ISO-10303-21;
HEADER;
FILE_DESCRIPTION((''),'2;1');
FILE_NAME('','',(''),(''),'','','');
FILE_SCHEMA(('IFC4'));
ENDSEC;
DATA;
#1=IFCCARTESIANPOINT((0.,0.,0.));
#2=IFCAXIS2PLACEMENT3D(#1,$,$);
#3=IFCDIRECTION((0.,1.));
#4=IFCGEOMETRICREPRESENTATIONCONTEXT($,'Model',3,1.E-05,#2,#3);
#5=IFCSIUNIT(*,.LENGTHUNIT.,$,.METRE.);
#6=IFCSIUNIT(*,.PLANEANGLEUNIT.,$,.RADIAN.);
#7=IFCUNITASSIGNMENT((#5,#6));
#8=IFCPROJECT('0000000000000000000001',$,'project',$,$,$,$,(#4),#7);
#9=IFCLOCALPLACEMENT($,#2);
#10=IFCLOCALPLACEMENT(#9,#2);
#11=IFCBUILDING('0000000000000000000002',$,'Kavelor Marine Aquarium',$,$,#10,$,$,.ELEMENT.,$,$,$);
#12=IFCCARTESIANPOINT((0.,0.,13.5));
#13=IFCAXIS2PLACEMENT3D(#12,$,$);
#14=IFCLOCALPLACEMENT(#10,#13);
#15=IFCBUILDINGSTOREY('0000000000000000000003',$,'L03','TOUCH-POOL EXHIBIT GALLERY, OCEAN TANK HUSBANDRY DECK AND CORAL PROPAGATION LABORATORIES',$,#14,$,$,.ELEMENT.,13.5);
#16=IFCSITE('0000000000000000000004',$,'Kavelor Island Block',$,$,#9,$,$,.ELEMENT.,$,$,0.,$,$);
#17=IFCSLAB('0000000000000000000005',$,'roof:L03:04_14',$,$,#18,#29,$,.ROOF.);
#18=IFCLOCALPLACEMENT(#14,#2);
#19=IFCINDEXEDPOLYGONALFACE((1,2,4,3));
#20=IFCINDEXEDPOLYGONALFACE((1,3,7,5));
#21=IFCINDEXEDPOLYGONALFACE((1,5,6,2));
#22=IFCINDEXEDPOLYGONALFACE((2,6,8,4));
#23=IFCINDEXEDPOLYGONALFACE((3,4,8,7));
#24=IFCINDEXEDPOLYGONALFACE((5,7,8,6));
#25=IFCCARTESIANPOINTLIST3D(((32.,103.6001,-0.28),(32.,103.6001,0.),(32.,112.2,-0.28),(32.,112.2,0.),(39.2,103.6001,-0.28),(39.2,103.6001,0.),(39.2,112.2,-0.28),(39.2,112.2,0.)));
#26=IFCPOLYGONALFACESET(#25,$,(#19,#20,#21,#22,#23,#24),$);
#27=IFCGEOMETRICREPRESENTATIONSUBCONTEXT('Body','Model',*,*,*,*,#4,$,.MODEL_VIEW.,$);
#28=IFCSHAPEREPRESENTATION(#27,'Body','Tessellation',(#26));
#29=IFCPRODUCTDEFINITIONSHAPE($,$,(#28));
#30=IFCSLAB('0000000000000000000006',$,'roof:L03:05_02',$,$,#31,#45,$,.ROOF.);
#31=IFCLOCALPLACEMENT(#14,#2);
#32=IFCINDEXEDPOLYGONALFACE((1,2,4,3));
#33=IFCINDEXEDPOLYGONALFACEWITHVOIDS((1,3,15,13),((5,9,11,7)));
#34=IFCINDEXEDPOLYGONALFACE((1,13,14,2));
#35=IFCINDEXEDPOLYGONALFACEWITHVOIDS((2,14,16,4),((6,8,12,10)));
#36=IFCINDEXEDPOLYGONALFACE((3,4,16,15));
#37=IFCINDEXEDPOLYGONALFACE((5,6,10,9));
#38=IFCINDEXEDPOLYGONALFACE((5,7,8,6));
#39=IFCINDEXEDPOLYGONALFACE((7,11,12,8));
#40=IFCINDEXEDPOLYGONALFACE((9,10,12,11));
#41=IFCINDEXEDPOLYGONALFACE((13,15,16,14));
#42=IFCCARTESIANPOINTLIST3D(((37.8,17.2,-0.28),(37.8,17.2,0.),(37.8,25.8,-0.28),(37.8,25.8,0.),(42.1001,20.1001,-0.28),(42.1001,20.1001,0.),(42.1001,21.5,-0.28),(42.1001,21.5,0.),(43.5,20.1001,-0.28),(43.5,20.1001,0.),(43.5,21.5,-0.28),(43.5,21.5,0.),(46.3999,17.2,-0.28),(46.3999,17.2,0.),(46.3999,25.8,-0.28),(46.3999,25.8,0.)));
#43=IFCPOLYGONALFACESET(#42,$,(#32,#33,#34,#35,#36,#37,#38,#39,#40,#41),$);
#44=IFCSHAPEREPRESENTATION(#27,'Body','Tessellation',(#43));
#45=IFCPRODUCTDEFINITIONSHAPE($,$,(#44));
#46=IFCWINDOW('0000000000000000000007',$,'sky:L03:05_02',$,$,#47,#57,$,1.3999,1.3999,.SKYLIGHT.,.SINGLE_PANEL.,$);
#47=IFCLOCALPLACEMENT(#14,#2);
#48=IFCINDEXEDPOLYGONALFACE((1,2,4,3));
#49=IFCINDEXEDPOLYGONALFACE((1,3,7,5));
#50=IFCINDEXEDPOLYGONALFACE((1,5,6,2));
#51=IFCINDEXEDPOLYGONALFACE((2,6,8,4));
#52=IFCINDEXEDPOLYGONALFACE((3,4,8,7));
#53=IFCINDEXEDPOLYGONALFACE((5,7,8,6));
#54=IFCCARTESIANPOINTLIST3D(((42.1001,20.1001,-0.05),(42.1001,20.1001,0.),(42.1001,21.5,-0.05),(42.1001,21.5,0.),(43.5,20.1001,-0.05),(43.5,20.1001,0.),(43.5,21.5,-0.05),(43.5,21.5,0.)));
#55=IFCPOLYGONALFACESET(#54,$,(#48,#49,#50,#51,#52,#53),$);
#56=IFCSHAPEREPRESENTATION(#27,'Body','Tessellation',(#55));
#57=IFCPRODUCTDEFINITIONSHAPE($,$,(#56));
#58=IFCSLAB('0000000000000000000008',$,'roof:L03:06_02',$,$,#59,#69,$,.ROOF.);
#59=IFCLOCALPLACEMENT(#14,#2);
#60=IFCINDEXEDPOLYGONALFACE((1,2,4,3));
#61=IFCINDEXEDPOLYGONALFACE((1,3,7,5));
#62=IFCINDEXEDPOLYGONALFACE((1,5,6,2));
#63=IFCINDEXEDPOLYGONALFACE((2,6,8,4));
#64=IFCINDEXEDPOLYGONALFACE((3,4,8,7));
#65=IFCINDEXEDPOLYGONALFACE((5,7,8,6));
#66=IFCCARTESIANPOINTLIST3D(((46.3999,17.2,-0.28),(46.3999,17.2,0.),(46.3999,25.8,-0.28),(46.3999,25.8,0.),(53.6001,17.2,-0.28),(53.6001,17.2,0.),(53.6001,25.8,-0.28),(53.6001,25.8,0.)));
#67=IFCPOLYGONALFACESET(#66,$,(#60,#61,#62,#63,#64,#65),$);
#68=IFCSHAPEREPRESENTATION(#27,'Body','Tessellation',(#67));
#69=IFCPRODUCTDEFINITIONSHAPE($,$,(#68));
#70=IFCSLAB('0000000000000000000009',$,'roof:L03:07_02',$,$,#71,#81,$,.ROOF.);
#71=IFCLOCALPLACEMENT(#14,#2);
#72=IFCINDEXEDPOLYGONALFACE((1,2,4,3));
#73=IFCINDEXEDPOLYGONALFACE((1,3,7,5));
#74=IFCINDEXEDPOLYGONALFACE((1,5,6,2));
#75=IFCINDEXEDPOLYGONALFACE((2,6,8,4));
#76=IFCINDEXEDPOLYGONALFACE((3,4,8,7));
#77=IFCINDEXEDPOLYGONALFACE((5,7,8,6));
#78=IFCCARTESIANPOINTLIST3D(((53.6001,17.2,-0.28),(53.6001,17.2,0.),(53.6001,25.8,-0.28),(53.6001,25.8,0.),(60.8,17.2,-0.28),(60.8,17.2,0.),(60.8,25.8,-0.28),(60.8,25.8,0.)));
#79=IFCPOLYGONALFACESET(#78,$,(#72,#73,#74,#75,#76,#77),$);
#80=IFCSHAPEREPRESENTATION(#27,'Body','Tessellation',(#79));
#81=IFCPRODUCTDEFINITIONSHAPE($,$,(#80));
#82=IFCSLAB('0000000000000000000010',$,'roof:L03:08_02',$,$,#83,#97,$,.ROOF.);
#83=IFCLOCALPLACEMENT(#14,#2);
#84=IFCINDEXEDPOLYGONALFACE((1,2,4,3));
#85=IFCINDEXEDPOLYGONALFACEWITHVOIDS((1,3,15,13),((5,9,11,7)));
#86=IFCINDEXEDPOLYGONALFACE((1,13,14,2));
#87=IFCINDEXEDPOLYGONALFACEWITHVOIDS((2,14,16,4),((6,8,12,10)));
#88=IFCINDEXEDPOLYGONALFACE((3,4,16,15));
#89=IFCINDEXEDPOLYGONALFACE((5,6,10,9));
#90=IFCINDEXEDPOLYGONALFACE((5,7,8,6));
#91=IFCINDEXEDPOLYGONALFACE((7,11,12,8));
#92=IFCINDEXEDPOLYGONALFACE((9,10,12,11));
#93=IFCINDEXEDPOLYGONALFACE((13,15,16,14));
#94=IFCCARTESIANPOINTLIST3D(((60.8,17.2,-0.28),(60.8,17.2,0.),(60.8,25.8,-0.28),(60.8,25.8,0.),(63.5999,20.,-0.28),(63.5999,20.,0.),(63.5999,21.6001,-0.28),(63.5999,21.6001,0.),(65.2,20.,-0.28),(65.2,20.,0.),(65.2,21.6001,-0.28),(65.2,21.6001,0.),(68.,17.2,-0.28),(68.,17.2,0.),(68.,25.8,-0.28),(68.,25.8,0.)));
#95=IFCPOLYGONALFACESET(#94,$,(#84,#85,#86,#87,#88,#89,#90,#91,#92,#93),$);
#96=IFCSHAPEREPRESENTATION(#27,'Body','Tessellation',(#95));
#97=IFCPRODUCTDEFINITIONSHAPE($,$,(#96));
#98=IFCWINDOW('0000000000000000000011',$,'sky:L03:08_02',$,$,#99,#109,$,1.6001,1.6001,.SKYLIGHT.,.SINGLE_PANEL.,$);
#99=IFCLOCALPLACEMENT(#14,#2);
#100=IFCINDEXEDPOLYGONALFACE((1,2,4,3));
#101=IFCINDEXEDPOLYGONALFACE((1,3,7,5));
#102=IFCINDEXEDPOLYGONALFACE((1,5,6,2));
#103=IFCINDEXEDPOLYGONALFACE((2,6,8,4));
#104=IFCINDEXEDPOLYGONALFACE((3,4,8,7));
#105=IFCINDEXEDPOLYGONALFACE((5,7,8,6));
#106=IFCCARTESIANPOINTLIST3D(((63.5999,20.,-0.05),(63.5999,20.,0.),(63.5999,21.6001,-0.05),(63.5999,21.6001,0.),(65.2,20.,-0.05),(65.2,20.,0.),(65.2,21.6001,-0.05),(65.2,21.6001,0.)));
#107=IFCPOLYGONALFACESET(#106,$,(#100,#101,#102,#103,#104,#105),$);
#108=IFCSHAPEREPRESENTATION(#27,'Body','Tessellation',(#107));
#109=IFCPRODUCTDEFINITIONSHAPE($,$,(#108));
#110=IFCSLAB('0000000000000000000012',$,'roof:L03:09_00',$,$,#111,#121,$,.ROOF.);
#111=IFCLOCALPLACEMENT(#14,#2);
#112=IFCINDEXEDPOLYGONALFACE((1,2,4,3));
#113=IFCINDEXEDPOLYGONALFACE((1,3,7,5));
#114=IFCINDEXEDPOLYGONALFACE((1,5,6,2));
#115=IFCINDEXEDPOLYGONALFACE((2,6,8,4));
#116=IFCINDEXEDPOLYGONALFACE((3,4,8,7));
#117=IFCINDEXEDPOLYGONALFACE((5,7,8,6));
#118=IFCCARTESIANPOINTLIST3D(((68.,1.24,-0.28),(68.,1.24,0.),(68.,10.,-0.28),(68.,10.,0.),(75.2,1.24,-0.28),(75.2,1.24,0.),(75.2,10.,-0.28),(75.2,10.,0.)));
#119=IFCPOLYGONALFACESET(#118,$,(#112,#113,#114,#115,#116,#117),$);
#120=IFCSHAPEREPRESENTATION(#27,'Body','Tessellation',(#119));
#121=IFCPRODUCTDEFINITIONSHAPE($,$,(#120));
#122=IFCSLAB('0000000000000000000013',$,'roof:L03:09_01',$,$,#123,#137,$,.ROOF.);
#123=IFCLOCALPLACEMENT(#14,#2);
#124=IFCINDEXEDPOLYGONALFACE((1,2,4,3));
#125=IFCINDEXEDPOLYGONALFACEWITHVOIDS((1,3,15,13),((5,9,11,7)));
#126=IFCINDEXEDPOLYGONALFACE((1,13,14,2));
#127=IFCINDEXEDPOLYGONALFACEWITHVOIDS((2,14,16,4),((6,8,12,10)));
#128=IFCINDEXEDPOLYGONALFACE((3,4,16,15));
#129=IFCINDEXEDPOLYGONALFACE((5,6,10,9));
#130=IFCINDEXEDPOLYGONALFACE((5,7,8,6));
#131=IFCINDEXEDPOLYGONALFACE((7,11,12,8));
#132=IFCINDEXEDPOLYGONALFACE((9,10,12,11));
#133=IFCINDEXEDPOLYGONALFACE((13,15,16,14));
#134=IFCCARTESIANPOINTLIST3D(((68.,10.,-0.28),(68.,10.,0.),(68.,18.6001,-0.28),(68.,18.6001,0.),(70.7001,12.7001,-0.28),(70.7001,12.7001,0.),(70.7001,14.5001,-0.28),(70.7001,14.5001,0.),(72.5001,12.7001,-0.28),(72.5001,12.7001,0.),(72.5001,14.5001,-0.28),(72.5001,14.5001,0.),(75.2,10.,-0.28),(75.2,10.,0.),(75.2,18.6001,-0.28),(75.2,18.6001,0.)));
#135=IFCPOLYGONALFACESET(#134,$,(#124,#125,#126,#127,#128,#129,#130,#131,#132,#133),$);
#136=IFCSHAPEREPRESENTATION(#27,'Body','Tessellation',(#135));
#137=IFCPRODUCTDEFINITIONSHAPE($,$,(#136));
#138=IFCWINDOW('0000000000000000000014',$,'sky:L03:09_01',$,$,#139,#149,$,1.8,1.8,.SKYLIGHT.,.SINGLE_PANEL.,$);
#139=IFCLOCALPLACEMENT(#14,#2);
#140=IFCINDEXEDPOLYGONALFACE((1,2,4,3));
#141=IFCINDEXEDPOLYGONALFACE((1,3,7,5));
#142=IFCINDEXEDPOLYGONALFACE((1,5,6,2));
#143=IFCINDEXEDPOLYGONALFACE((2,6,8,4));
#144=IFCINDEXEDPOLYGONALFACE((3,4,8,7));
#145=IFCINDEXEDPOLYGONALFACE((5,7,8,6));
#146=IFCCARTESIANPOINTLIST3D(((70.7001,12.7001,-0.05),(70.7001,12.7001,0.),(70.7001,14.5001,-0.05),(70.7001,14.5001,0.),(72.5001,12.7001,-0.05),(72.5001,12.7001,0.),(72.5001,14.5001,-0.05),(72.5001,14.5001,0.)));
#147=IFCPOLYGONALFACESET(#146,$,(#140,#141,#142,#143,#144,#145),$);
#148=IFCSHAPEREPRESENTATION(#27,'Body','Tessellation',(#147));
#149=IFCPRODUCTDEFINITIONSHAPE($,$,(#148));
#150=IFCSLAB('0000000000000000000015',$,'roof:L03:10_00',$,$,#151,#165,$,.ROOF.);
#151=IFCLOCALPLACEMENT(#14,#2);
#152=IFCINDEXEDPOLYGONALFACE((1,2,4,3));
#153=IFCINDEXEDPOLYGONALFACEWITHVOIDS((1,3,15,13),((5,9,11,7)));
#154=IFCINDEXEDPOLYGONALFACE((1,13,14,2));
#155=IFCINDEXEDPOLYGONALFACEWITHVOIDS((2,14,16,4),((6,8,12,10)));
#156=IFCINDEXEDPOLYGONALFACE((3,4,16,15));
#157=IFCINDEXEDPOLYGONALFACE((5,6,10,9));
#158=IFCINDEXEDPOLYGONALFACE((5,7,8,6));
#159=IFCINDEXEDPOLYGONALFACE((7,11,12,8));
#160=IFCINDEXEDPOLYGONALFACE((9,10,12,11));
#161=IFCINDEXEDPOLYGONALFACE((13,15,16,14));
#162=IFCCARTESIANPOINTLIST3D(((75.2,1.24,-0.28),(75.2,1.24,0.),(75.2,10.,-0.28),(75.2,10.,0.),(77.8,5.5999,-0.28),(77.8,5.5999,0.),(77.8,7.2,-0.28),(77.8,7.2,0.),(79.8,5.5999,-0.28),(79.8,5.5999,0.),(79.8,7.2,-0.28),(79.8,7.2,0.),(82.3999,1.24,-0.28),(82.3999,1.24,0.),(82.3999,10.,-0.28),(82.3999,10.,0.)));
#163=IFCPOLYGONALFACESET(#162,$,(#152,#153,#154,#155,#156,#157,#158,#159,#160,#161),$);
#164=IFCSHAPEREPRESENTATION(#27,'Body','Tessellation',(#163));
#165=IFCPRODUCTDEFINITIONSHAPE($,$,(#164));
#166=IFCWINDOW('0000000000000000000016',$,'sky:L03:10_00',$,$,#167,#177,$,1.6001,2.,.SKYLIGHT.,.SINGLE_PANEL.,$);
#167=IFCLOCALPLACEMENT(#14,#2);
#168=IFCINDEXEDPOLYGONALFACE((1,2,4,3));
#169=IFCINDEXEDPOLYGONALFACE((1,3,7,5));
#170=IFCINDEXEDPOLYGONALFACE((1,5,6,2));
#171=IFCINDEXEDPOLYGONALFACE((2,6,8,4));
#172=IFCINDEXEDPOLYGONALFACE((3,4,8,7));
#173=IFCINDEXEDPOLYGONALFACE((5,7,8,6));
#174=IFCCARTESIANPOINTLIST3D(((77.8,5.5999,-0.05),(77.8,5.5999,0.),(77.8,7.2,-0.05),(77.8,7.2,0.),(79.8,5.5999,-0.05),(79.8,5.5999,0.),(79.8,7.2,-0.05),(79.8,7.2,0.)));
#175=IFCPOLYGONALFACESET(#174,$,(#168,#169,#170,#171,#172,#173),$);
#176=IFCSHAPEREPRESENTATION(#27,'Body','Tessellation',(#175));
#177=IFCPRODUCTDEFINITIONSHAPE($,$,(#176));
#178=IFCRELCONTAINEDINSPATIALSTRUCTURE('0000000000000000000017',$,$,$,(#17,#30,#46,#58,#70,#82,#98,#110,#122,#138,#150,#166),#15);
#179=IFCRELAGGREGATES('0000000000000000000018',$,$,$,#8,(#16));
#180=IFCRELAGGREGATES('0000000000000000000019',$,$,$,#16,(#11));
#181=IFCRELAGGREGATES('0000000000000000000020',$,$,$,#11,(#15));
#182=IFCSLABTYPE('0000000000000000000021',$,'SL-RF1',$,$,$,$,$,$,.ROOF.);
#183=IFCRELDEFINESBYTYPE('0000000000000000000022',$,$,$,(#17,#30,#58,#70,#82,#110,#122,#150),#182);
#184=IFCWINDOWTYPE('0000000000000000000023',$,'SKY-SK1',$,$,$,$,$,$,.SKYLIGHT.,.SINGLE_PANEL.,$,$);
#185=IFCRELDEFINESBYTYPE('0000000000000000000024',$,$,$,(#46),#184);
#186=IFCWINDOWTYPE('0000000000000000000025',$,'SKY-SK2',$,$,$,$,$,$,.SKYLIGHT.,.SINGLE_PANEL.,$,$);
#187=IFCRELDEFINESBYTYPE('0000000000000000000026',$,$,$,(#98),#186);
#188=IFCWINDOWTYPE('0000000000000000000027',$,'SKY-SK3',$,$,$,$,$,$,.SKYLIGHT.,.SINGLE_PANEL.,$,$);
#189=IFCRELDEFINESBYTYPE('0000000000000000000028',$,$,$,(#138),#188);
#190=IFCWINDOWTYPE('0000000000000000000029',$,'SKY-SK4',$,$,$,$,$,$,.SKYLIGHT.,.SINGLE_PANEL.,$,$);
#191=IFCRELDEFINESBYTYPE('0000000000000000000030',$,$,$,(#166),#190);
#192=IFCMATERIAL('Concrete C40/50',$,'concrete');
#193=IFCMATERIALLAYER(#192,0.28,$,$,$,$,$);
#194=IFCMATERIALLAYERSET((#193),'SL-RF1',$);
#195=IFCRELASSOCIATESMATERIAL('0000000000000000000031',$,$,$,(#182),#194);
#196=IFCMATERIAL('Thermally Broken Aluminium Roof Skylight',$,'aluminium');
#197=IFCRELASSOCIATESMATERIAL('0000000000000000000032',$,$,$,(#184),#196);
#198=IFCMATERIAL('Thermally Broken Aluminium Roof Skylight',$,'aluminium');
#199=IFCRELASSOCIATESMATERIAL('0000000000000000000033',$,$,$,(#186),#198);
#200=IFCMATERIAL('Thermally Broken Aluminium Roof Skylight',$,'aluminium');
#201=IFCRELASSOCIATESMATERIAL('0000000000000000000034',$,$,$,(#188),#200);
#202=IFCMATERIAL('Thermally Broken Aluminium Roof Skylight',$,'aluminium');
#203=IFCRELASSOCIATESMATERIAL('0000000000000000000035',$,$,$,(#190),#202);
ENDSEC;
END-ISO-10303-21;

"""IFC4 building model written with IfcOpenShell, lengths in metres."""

from ifc_helpers import new_model, si_unit, direction, frame, origin, origin_2d, place, context, subcontext, project, spatial, polyline, rectangle, outline, extrude, material, layer, layer_set, type_object, element, fill, save


model = new_model("IFC4")

# Units and contexts
model_context = context("Model", 3, precision=1e-05, world=origin(), true_north=direction((0.0, 1.0)))
body_context = subcontext(model_context, "Body", "Model", "MODEL_VIEW")
ifc_project = project(units=[si_unit("LENGTHUNIT", "METRE"), si_unit("PLANEANGLEUNIT", "RADIAN")], contexts=[model_context])

# Site, building, storey
site_placement = place(None, origin())
site = spatial("IfcSite", under=ifc_project, at=site_placement, Name="Kavelor Island Block", CompositionType="ELEMENT", RefElevation=0.0)
building_placement = place(site_placement, origin())
building = spatial("IfcBuilding", under=site, at=building_placement, Name="Kavelor Marine Aquarium", CompositionType="ELEMENT")
storey_placement = place(building_placement, frame((0.0, 0.0, 13.5)))
storey = spatial("IfcBuildingStorey", under=building, at=storey_placement, Name="L03", Description="TOUCH-POOL EXHIBIT GALLERY, OCEAN TANK HUSBANDRY DECK AND CORAL PROPAGATION LABORATORIES", CompositionType="ELEMENT", Elevation=13.5)

# Slab
ifc_material_1 = material(Name="Concrete C40/50", Category="concrete")
ifc_layer = layer(ifc_material_1, 0.28)
ifc_layer_set = layer_set([ifc_layer], Name="SL-RF1")
slab_type = type_object("IfcSlabType", Name="SL-RF1", PredefinedType="ROOF", material=ifc_layer_set)
slab_1_placement = place(storey_placement, frame((0.0, 0.0, -0.28)))
element("IfcSlab", 1, at=slab_1_placement, inside=storey, type_object=slab_type, Name="roof:L03:04_14", PredefinedType="ROOF", context=body_context, shape_type="SweptSolid", body=[
    extrude(outline(polyline([(32.0, 103.6001), (39.2, 103.6001), (39.2, 112.2), (32.0, 112.2), (32.0, 103.6001)])), origin(), (0.0, 0.0, 1.0), 0.28),
])

# Slab, opening, window
slab_2_placement = place(storey_placement, frame((0.0, 0.0, -0.28)))
slab_2 = element("IfcSlab", 2, at=slab_2_placement, inside=storey, type_object=slab_type, Name="roof:L03:05_02", PredefinedType="ROOF", context=body_context, shape_type="SweptSolid", body=[
    extrude(outline(polyline([(37.8, 17.2), (46.3999, 17.2), (46.3999, 25.8), (37.8, 25.8), (37.8, 17.2)])), origin(), (0.0, 0.0, 1.0), 0.28),
])
opening_1_placement = place(slab_2_placement, frame((42.8, 20.8, 0.0)))
opening_1 = element("IfcOpeningElement", 3, at=opening_1_placement, cuts=slab_2, PredefinedType="OPENING", context=body_context, shape_type="SweptSolid", body=[
    extrude(rectangle(XDim=1.3999, YDim=1.3999, at=origin_2d()), origin(), (0.0, 0.0, 1.0), 0.28),
])
ifc_material_2 = material(Name="Thermally Broken Aluminium Roof Skylight", Category="aluminium")
window_type_1 = type_object("IfcWindowType", Name="SKY-SK1", PartitioningType="SINGLE_PANEL", PredefinedType="SKYLIGHT", material=ifc_material_2)
window_1_placement = place(opening_1_placement, frame((0.0, 0.0, 0.23)))
window_1 = element("IfcWindow", 4, at=window_1_placement, inside=storey, type_object=window_type_1, Name="sky:L03:05_02", OverallHeight=1.3999, OverallWidth=1.3999, PartitioningType="SINGLE_PANEL", PredefinedType="SKYLIGHT", context=body_context, shape_type="SweptSolid", body=[
    extrude(rectangle(XDim=1.3999, YDim=1.3999, at=origin_2d()), origin(), (0.0, 0.0, 1.0), 0.05),
])
fill(opening_1, window_1)

# Slabs
slab_3_placement = place(storey_placement, frame((0.0, 0.0, -0.28)))
element("IfcSlab", 5, at=slab_3_placement, inside=storey, type_object=slab_type, Name="roof:L03:06_02", PredefinedType="ROOF", context=body_context, shape_type="SweptSolid", body=[
    extrude(outline(polyline([(46.3999, 17.2), (53.6001, 17.2), (53.6001, 25.8), (46.3999, 25.8), (46.3999, 17.2)])), origin(), (0.0, 0.0, 1.0), 0.28),
])
slab_4_placement = place(storey_placement, frame((0.0, 0.0, -0.28)))
element("IfcSlab", 6, at=slab_4_placement, inside=storey, type_object=slab_type, Name="roof:L03:07_02", PredefinedType="ROOF", context=body_context, shape_type="SweptSolid", body=[
    extrude(outline(polyline([(53.6001, 17.2), (60.8, 17.2), (60.8, 25.8), (53.6001, 25.8), (53.6001, 17.2)])), origin(), (0.0, 0.0, 1.0), 0.28),
])

# Slab, opening, window
slab_5_placement = place(storey_placement, frame((0.0, 0.0, -0.28)))
slab_5 = element("IfcSlab", 7, at=slab_5_placement, inside=storey, type_object=slab_type, Name="roof:L03:08_02", PredefinedType="ROOF", context=body_context, shape_type="SweptSolid", body=[
    extrude(outline(polyline([(60.8, 17.2), (68.0, 17.2), (68.0, 25.8), (60.8, 25.8), (60.8, 17.2)])), origin(), (0.0, 0.0, 1.0), 0.28),
])
opening_2_placement = place(slab_5_placement, frame((64.3999, 20.8, 0.0)))
opening_2 = element("IfcOpeningElement", 8, at=opening_2_placement, cuts=slab_5, PredefinedType="OPENING", context=body_context, shape_type="SweptSolid", body=[
    extrude(rectangle(XDim=1.6001, YDim=1.6001, at=origin_2d()), origin(), (0.0, 0.0, 1.0), 0.28),
])
ifc_material_3 = material(Name="Thermally Broken Aluminium Roof Skylight", Category="aluminium")
window_type_2 = type_object("IfcWindowType", Name="SKY-SK2", PartitioningType="SINGLE_PANEL", PredefinedType="SKYLIGHT", material=ifc_material_3)
window_2_placement = place(opening_2_placement, frame((0.0, 0.0, 0.23)))
window_2 = element("IfcWindow", 9, at=window_2_placement, inside=storey, type_object=window_type_2, Name="sky:L03:08_02", OverallHeight=1.6001, OverallWidth=1.6001, PartitioningType="SINGLE_PANEL", PredefinedType="SKYLIGHT", context=body_context, shape_type="SweptSolid", body=[
    extrude(rectangle(XDim=1.6001, YDim=1.6001, at=origin_2d()), origin(), (0.0, 0.0, 1.0), 0.05),
])
fill(opening_2, window_2)

# Slab
slab_6_placement = place(storey_placement, frame((0.0, 0.0, -0.28)))
element("IfcSlab", 10, at=slab_6_placement, inside=storey, type_object=slab_type, Name="roof:L03:09_00", PredefinedType="ROOF", context=body_context, shape_type="SweptSolid", body=[
    extrude(outline(polyline([(68.0, 1.24), (75.2, 1.24), (75.2, 10.0), (68.0, 10.0), (68.0, 1.24)])), origin(), (0.0, 0.0, 1.0), 0.28),
])

# Slabs, openings, windows
slab_7_placement = place(storey_placement, frame((0.0, 0.0, -0.28)))
slab_7 = element("IfcSlab", 11, at=slab_7_placement, inside=storey, type_object=slab_type, Name="roof:L03:09_01", PredefinedType="ROOF", context=body_context, shape_type="SweptSolid", body=[
    extrude(outline(polyline([(68.0, 10.0), (75.2, 10.0), (75.2, 18.6001), (68.0, 18.6001), (68.0, 10.0)])), origin(), (0.0, 0.0, 1.0), 0.28),
])
opening_3_placement = place(slab_7_placement, frame((71.6001, 13.6001, 0.0)))
opening_3 = element("IfcOpeningElement", 12, at=opening_3_placement, cuts=slab_7, PredefinedType="OPENING", context=body_context, shape_type="SweptSolid", body=[
    extrude(rectangle(XDim=1.8, YDim=1.8, at=origin_2d()), origin(), (0.0, 0.0, 1.0), 0.28),
])
ifc_material_4 = material(Name="Thermally Broken Aluminium Roof Skylight", Category="aluminium")
window_type_3 = type_object("IfcWindowType", Name="SKY-SK3", PartitioningType="SINGLE_PANEL", PredefinedType="SKYLIGHT", material=ifc_material_4)
window_3_placement = place(opening_3_placement, frame((0.0, 0.0, 0.23)))
window_3 = element("IfcWindow", 13, at=window_3_placement, inside=storey, type_object=window_type_3, Name="sky:L03:09_01", OverallHeight=1.8, OverallWidth=1.8, PartitioningType="SINGLE_PANEL", PredefinedType="SKYLIGHT", context=body_context, shape_type="SweptSolid", body=[
    extrude(rectangle(XDim=1.8, YDim=1.8, at=origin_2d()), origin(), (0.0, 0.0, 1.0), 0.05),
])
fill(opening_3, window_3)
slab_8_placement = place(storey_placement, frame((0.0, 0.0, -0.28)))
slab_8 = element("IfcSlab", 14, at=slab_8_placement, inside=storey, type_object=slab_type, Name="roof:L03:10_00", PredefinedType="ROOF", context=body_context, shape_type="SweptSolid", body=[
    extrude(outline(polyline([(75.2, 1.24), (82.3999, 1.24), (82.3999, 10.0), (75.2, 10.0), (75.2, 1.24)])), origin(), (0.0, 0.0, 1.0), 0.28),
])
opening_4_placement = place(slab_8_placement, frame((78.8, 6.3999, 0.0)))
opening_4 = element("IfcOpeningElement", 15, at=opening_4_placement, cuts=slab_8, PredefinedType="OPENING", context=body_context, shape_type="SweptSolid", body=[
    extrude(rectangle(XDim=2.0, YDim=1.6001, at=origin_2d()), origin(), (0.0, 0.0, 1.0), 0.28),
])
ifc_material_5 = material(Name="Thermally Broken Aluminium Roof Skylight", Category="aluminium")
window_type_4 = type_object("IfcWindowType", Name="SKY-SK4", PartitioningType="SINGLE_PANEL", PredefinedType="SKYLIGHT", material=ifc_material_5)
window_4_placement = place(opening_4_placement, frame((0.0, 0.0, 0.23)))
window_4 = element("IfcWindow", 16, at=window_4_placement, inside=storey, type_object=window_type_4, Name="sky:L03:10_00", OverallHeight=1.6001, OverallWidth=2.0, PartitioningType="SINGLE_PANEL", PredefinedType="SKYLIGHT", context=body_context, shape_type="SweptSolid", body=[
    extrude(rectangle(XDim=2.0, YDim=1.6001, at=origin_2d()), origin(), (0.0, 0.0, 1.0), 0.05),
])
fill(opening_4, window_4)

save(model, "model.ifc")
